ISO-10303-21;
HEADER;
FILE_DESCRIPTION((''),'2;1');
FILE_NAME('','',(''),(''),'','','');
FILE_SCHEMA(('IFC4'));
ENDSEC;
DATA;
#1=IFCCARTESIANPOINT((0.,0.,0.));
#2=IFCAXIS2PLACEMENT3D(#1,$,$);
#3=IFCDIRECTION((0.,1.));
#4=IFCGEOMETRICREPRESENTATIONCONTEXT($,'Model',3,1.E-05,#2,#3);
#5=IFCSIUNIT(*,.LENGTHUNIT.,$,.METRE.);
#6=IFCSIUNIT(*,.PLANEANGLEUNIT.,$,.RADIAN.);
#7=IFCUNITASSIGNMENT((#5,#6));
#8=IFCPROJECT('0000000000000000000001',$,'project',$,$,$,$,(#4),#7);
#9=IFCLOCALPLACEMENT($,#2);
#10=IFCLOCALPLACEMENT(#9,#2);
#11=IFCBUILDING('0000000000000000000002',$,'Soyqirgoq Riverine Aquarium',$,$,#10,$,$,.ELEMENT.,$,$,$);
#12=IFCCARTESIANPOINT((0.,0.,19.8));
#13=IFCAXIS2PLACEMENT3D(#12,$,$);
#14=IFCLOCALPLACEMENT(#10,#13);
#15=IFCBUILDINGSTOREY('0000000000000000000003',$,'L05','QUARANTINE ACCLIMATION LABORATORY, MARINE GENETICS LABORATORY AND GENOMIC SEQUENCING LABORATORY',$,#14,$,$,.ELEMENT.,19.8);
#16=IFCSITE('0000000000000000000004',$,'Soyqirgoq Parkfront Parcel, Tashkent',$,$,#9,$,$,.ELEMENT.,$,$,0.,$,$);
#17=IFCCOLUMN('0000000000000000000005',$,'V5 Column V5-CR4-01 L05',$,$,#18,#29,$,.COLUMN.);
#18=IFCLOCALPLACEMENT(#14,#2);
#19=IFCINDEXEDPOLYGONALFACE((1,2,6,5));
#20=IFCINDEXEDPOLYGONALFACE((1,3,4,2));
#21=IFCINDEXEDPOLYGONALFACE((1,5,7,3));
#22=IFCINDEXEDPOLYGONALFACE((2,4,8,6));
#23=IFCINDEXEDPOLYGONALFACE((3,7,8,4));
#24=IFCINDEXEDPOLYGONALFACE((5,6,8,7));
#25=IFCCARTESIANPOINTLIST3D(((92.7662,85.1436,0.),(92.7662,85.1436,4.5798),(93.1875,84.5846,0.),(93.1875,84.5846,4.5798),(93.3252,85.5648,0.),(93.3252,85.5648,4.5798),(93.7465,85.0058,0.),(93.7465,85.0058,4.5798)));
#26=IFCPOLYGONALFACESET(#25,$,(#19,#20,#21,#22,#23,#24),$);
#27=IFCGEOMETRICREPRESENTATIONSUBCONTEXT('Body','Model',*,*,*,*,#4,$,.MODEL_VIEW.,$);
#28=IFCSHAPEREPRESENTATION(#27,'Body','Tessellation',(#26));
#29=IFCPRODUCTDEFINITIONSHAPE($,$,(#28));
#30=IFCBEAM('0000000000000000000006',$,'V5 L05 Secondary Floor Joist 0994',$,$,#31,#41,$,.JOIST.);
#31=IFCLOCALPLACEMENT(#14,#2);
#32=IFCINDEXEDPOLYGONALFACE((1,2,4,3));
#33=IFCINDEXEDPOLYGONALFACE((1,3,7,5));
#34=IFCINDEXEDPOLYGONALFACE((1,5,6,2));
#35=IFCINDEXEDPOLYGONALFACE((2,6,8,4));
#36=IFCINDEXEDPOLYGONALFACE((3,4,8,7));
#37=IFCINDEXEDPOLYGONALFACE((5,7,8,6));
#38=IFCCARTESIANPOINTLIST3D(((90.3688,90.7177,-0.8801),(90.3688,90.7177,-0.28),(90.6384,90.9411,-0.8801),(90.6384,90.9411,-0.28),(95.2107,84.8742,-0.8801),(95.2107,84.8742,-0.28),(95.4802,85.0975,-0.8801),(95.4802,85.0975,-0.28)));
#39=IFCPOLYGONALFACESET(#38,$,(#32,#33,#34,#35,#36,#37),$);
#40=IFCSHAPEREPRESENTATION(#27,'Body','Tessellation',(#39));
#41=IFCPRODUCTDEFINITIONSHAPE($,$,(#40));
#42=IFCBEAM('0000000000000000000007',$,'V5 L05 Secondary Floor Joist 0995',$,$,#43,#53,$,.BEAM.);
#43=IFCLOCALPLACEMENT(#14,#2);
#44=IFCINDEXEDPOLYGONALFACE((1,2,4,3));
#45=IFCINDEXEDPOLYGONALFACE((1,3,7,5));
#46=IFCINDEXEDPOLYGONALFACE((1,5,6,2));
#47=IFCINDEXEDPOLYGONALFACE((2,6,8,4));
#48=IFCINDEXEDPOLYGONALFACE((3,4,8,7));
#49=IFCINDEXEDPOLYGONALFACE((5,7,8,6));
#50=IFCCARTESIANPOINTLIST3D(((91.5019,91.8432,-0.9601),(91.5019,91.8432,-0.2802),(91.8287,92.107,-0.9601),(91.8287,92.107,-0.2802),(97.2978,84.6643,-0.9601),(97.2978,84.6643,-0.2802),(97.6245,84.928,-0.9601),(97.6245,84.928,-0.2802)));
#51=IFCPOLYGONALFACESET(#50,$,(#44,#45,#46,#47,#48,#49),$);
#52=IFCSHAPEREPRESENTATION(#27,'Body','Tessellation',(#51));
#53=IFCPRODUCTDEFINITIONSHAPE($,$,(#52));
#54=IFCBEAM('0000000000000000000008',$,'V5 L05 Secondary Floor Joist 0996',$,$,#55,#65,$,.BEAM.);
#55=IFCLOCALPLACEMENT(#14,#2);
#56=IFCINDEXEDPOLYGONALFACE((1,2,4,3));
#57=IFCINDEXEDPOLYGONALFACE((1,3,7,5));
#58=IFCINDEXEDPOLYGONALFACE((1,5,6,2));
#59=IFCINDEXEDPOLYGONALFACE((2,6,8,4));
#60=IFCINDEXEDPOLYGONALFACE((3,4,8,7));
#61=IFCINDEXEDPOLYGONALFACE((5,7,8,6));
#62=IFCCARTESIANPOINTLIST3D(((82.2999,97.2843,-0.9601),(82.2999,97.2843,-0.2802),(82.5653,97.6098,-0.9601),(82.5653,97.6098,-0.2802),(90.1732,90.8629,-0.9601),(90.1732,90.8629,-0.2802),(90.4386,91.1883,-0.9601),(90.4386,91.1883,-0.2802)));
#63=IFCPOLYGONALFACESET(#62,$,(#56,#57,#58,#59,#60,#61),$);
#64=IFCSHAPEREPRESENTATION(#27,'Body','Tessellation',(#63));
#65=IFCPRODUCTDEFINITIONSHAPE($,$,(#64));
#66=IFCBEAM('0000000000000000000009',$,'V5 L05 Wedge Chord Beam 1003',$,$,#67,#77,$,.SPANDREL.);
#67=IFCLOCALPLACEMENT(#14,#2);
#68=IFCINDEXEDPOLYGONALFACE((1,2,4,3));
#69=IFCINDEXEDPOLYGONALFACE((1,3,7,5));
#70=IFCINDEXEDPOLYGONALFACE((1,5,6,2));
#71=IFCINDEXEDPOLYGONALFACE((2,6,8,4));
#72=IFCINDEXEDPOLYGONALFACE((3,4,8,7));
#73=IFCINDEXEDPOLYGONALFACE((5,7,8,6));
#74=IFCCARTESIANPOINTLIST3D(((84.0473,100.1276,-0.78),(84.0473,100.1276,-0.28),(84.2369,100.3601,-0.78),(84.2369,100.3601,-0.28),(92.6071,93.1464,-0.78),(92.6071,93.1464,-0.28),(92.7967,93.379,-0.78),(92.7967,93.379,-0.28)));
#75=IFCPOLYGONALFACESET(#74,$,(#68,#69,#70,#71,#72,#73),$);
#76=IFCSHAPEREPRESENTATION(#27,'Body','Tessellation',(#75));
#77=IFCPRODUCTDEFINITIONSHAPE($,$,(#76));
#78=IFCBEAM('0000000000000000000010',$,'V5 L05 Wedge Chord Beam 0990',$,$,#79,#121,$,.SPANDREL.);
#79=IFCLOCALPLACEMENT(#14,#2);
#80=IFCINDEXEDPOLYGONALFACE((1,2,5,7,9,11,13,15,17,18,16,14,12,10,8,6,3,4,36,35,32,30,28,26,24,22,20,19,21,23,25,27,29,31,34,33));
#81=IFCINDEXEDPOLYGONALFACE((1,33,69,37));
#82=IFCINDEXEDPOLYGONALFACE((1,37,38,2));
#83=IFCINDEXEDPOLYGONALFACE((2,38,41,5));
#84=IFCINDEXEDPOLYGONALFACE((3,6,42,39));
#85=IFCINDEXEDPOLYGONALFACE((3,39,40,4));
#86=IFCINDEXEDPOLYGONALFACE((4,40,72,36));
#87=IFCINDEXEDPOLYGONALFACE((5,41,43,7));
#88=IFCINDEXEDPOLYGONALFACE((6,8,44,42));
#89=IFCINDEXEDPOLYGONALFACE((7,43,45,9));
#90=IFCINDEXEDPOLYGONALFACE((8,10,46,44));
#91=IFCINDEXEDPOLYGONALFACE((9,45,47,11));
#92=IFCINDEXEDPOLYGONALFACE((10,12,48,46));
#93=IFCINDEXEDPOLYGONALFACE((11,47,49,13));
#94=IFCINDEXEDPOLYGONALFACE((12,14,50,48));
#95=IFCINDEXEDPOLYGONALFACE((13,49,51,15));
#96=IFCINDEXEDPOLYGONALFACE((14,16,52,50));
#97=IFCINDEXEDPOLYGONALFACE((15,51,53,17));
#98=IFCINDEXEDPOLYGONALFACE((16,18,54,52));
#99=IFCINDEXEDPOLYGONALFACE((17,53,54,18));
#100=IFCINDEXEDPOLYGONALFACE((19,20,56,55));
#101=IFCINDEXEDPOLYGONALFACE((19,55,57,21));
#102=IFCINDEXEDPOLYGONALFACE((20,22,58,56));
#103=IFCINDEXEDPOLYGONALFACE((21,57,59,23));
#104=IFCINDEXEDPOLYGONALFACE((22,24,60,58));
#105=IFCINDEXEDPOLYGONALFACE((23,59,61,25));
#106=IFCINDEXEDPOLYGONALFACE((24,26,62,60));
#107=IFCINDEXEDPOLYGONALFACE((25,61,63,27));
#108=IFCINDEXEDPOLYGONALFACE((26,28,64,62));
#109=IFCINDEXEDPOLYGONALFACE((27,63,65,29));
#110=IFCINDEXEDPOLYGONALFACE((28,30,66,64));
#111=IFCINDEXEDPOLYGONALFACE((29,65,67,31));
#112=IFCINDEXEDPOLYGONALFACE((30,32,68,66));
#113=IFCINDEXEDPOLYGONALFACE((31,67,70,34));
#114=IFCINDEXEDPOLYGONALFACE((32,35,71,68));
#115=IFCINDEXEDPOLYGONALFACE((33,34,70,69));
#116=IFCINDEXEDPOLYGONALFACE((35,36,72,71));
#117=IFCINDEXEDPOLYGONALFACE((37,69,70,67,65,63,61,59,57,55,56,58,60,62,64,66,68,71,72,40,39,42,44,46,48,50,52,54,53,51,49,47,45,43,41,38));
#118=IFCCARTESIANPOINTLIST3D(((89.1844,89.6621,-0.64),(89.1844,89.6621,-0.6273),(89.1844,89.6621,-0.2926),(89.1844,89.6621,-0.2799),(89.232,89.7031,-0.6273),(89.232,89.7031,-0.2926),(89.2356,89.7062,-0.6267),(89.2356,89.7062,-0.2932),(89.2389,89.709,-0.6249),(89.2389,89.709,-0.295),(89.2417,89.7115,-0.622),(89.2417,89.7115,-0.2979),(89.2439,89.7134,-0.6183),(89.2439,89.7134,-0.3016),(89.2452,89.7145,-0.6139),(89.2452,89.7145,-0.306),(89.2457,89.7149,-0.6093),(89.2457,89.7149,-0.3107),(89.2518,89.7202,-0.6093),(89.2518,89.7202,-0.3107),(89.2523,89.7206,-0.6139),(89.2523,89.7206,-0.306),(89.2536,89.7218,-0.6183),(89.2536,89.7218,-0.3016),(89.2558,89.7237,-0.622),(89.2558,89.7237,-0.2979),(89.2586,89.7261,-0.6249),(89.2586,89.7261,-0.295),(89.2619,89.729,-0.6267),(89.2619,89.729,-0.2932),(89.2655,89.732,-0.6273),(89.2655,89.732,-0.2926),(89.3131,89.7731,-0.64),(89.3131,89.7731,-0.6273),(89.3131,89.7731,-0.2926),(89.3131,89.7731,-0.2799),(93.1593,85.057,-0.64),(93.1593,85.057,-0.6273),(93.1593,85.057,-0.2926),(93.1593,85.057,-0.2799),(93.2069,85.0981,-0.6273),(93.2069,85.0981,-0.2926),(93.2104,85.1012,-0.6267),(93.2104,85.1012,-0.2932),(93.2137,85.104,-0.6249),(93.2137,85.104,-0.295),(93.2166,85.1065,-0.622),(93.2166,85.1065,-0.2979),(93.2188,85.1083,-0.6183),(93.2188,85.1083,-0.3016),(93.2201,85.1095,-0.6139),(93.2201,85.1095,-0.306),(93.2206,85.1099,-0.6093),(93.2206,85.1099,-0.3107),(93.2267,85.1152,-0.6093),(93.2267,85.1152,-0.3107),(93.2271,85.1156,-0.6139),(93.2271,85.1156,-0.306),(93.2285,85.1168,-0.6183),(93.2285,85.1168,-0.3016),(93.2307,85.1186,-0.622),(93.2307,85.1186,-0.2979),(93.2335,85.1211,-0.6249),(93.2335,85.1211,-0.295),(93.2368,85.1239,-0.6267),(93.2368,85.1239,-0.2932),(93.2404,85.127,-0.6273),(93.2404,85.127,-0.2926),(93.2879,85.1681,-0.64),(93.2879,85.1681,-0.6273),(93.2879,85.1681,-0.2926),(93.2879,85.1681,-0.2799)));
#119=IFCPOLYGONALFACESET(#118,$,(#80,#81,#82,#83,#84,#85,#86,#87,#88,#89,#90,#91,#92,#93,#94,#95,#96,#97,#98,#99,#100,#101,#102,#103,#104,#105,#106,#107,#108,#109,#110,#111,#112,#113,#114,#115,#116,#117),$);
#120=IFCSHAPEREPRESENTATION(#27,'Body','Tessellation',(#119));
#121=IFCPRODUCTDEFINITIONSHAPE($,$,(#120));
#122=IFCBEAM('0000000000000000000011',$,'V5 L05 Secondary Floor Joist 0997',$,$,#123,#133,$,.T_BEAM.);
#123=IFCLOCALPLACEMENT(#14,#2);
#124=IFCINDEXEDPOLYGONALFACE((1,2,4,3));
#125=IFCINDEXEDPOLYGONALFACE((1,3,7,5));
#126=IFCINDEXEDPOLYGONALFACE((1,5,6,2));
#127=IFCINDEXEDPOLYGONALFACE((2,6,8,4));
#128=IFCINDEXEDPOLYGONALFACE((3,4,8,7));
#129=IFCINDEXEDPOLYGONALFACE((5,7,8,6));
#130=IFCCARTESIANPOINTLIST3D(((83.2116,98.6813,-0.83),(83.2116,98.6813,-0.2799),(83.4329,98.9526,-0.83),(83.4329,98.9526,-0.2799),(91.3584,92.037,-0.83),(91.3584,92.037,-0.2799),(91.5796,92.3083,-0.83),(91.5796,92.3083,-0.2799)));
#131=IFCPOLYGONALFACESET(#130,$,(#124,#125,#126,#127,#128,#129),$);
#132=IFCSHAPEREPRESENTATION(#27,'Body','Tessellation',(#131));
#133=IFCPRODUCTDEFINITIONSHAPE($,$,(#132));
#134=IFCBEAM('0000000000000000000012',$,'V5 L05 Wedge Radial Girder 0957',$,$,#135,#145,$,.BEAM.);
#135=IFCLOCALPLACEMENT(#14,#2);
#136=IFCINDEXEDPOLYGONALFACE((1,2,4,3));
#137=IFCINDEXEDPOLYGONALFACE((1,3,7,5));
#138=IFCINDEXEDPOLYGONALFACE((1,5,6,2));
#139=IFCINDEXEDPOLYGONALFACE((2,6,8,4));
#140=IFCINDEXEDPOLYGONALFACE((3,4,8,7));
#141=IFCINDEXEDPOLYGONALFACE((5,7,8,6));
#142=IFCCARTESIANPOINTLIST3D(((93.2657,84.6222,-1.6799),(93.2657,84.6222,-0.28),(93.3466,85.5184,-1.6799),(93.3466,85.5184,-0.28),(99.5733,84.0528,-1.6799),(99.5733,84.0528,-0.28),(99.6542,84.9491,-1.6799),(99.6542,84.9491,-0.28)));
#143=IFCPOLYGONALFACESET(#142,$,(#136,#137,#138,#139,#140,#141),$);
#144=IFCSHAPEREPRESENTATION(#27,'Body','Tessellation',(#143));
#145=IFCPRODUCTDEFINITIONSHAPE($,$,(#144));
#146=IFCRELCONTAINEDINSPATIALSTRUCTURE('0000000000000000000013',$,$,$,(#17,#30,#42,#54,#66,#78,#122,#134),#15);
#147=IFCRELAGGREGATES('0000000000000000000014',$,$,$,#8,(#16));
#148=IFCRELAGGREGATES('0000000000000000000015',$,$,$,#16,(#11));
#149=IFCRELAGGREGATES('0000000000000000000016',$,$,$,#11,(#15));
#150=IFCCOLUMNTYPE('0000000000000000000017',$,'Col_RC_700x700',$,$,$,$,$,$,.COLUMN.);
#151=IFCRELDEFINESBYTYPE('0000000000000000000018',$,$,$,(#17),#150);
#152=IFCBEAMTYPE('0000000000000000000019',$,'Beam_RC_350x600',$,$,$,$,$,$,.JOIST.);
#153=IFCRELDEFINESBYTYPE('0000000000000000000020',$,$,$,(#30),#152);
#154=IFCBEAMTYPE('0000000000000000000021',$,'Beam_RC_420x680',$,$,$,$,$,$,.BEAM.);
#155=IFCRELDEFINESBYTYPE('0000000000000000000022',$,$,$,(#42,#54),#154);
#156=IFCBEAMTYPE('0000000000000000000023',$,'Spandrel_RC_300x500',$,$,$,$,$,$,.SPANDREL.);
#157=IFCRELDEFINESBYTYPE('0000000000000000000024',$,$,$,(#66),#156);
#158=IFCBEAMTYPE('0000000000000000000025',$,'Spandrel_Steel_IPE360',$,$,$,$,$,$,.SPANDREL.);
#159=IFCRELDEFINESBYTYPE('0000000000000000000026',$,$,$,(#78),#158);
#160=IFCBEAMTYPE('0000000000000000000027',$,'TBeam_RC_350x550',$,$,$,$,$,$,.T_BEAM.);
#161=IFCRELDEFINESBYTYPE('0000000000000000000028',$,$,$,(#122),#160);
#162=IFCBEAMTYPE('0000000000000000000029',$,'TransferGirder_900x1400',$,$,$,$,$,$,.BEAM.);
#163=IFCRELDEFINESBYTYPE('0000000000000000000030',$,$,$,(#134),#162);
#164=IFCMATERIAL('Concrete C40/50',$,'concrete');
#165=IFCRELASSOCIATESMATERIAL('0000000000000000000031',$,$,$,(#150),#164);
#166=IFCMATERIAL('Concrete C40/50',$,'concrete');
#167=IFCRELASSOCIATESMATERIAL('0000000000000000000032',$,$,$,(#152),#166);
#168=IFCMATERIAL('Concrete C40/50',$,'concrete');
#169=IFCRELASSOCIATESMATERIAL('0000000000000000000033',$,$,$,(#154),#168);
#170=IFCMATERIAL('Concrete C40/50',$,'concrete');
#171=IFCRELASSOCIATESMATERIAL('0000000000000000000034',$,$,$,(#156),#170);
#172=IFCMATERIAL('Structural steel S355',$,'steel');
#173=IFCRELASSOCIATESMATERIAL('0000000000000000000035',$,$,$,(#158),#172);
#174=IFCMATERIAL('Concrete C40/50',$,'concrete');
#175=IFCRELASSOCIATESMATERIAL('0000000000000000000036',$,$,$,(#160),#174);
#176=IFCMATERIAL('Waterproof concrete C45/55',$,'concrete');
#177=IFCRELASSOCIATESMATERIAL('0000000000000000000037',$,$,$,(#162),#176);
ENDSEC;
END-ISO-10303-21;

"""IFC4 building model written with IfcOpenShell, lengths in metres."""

from ifc_helpers import new_model, si_unit, direction, frame, origin, origin_2d, place, context, subcontext, project, spatial, rectangle, i_section, extrude, material, material_profile, profile_set, type_object, element, save


model = new_model("IFC4")

# Units and contexts
model_context = context("Model", 3, precision=1e-05, world=origin(), true_north=direction((0.0, 1.0)))
body_context = subcontext(model_context, "Body", "Model", "MODEL_VIEW")
ifc_project = project(units=[si_unit("LENGTHUNIT", "METRE"), si_unit("PLANEANGLEUNIT", "RADIAN")], contexts=[model_context])

# Site, building, storey
site_placement = place(None, origin())
site = spatial("IfcSite", under=ifc_project, at=site_placement, Name="Soyqirgoq Parkfront Parcel, Tashkent", CompositionType="ELEMENT", RefElevation=0.0)
building_placement = place(site_placement, origin())
building = spatial("IfcBuilding", under=site, at=building_placement, Name="Soyqirgoq Riverine Aquarium", CompositionType="ELEMENT")
storey_placement = place(building_placement, frame((0.0, 0.0, 19.8)))
storey = spatial("IfcBuildingStorey", under=building, at=storey_placement, Name="L05", Description="QUARANTINE ACCLIMATION LABORATORY, MARINE GENETICS LABORATORY AND GENOMIC SEQUENCING LABORATORY", CompositionType="ELEMENT", Elevation=19.8)

# Column
ifc_material_1 = material(Name="Concrete C40/50", Category="concrete")
ifc_material_profile_1 = material_profile(ifc_material_1, rectangle(XDim=0.7, YDim=0.7, at=origin_2d()), Name="RC 700x700")
ifc_profile_set_1 = profile_set([ifc_material_profile_1], Name="Concrete C40/50")
column_type = type_object("IfcColumnType", Name="Col_RC_700x700", PredefinedType="COLUMN", material=ifc_profile_set_1)
column_placement = place(storey_placement, frame((93.2563, 85.0747, 0.0), z_axis=(0.0, 0.0, 1.0), x_axis=(0.798636, 0.601815, 0.0)))
element("IfcColumn", 1, at=column_placement, inside=storey, type_object=column_type, Name="V5 Column V5-CR4-01 L05", PredefinedType="COLUMN", context=body_context, shape_type="SweptSolid", body=[
    extrude(rectangle(XDim=0.7, YDim=0.7, at=origin_2d()), origin(), (0.0, 0.0, 1.0), 4.5798),
])

# Beams
ifc_material_2 = material(Name="Concrete C40/50", Category="concrete")
ifc_material_profile_2 = material_profile(ifc_material_2, rectangle(XDim=0.3501, YDim=0.6001, at=origin_2d()), Name="RC 350x600")
ifc_profile_set_2 = profile_set([ifc_material_profile_2], Name="Concrete C40/50")
beam_type_1 = type_object("IfcBeamType", Name="Beam_RC_350x600", PredefinedType="JOIST", material=ifc_profile_set_2)
beam_1_placement = place(storey_placement, frame((95.3455, 84.9858, -0.5801), z_axis=(-0.638021, 0.770019, 0.0), x_axis=(-0.770019, -0.638021, 0.0)))
element("IfcBeam", 2, at=beam_1_placement, inside=storey, type_object=beam_type_1, Name="V5 L05 Secondary Floor Joist 0994", PredefinedType="JOIST", context=body_context, shape_type="SweptSolid", body=[
    extrude(rectangle(XDim=0.3501, YDim=0.6001, at=origin_2d()), origin(), (0.0, 0.0, 1.0), 7.5889),
])
ifc_material_3 = material(Name="Concrete C40/50", Category="concrete")
ifc_material_profile_3 = material_profile(ifc_material_3, rectangle(XDim=0.4199, YDim=0.6799, at=origin_2d()), Name="RC 420x680")
ifc_profile_set_3 = profile_set([ifc_material_profile_3], Name="Concrete C40/50")
beam_type_2 = type_object("IfcBeamType", Name="Beam_RC_420x680", PredefinedType="BEAM", material=ifc_profile_set_3)
beam_2_placement = place(storey_placement, frame((97.4612, 84.7961, -0.6201), z_axis=(-0.628174, 0.778073, 0.0), x_axis=(-0.778073, -0.628174, 0.0)))
element("IfcBeam", 3, at=beam_2_placement, inside=storey, type_object=beam_type_2, Name="V5 L05 Secondary Floor Joist 0995", PredefinedType="BEAM", context=body_context, shape_type="SweptSolid", body=[
    extrude(rectangle(XDim=0.4199, YDim=0.6799, at=origin_2d()), origin(), (0.0, 0.0, 1.0), 9.2266),
])
beam_3_placement = place(storey_placement, frame((90.3059, 91.0256, -0.6201), z_axis=(-0.77494, 0.632034, 0.0), x_axis=(-0.632034, -0.77494, 0.0)))
element("IfcBeam", 4, at=beam_3_placement, inside=storey, type_object=beam_type_2, Name="V5 L05 Secondary Floor Joist 0996", PredefinedType="BEAM", context=body_context, shape_type="SweptSolid", body=[
    extrude(rectangle(XDim=0.4199, YDim=0.6799, at=origin_2d()), origin(), (0.0, 0.0, 1.0), 10.1599),
])
ifc_material_4 = material(Name="Concrete C40/50", Category="concrete")
ifc_material_profile_4 = material_profile(ifc_material_4, rectangle(XDim=0.3, YDim=0.5, at=origin_2d()), Name="RC 300x500")
ifc_profile_set_4 = profile_set([ifc_material_profile_4], Name="Concrete C40/50")
beam_type_3 = type_object("IfcBeamType", Name="Spandrel_RC_300x500", PredefinedType="SPANDREL", material=ifc_profile_set_4)
beam_4_placement = place(storey_placement, frame((92.7019, 93.2627, -0.53), z_axis=(-0.774945, 0.632029, 0.0), x_axis=(-0.632029, -0.774945, 0.0)))
element("IfcBeam", 5, at=beam_4_placement, inside=storey, type_object=beam_type_3, Name="V5 L05 Wedge Chord Beam 1003", PredefinedType="SPANDREL", context=body_context, shape_type="SweptSolid", body=[
    extrude(rectangle(XDim=0.3, YDim=0.5, at=origin_2d()), origin(), (0.0, 0.0, 1.0), 11.0457),
])
ifc_material_5 = material(Name="Structural steel S355", Category="steel")
ifc_material_profile_5 = material_profile(ifc_material_5, i_section(OverallWidth=0.1699, OverallDepth=0.3601, WebThickness=0.0081, FlangeThickness=0.0127, FilletRadius=0.0181, at=origin_2d()), Name="IPE 360")
ifc_profile_set_5 = profile_set([ifc_material_profile_5], Name="Structural steel S355")
beam_type_4 = type_object("IfcBeamType", Name="Spandrel_Steel_IPE360", PredefinedType="SPANDREL", material=ifc_profile_set_5)
beam_5_placement = place(storey_placement, frame((93.2236, 85.1125, -0.46), z_axis=(-0.653415, 0.757, 0.0), x_axis=(-0.757, -0.653415, 0.0)))
element("IfcBeam", 6, at=beam_5_placement, inside=storey, type_object=beam_type_4, Name="V5 L05 Wedge Chord Beam 0990", PredefinedType="SPANDREL", context=body_context, shape_type="SweptSolid", body=[
    extrude(i_section(OverallWidth=0.1699, OverallDepth=0.3601, WebThickness=0.0081, FlangeThickness=0.0127, FilletRadius=0.0181, at=origin_2d()), origin(), (0.0, 0.0, 1.0), 6.0833),
])
ifc_material_6 = material(Name="Concrete C40/50", Category="concrete")
ifc_material_profile_6 = material_profile(ifc_material_6, rectangle(XDim=0.3501, YDim=0.55, at=origin_2d()), Name="RC 350x550")
ifc_profile_set_6 = profile_set([ifc_material_profile_6], Name="Concrete C40/50")
beam_type_5 = type_object("IfcBeamType", Name="TBeam_RC_350x550", PredefinedType="T_BEAM", material=ifc_profile_set_6)
beam_6_placement = place(storey_placement, frame((91.469, 92.1726, -0.5549), z_axis=(-0.774946, 0.632028, 0.0), x_axis=(-0.632028, -0.774946, 0.0)))
element("IfcBeam", 7, at=beam_6_placement, inside=storey, type_object=beam_type_5, Name="V5 L05 Secondary Floor Joist 0997", PredefinedType="T_BEAM", context=body_context, shape_type="SweptSolid", body=[
    extrude(rectangle(XDim=0.3501, YDim=0.55, at=origin_2d()), origin(), (0.0, 0.0, 1.0), 10.5127),
])
ifc_material_7 = material(Name="Waterproof concrete C45/55", Category="concrete")
ifc_material_profile_7 = material_profile(ifc_material_7, rectangle(XDim=0.8999, YDim=1.3999, at=origin_2d()), Name="RC 900x1400")
ifc_profile_set_7 = profile_set([ifc_material_profile_7], Name="Waterproof concrete C45/55")
beam_type_6 = type_object("IfcBeamType", Name="TransferGirder_900x1400", PredefinedType="BEAM", material=ifc_profile_set_7)
beam_7_placement = place(storey_placement, frame((93.3062, 85.0703, -0.98), z_axis=(0.995951, -0.089896, 0.0), x_axis=(0.089896, 0.995951, 0.0)))
element("IfcBeam", 8, at=beam_7_placement, inside=storey, type_object=beam_type_6, Name="V5 L05 Wedge Radial Girder 0957", PredefinedType="BEAM", context=body_context, shape_type="SweptSolid", body=[
    extrude(rectangle(XDim=0.8999, YDim=1.3999, at=origin_2d()), origin(), (0.0, 0.0, 1.0), 6.3333),
])

save(model, "model.ifc")
